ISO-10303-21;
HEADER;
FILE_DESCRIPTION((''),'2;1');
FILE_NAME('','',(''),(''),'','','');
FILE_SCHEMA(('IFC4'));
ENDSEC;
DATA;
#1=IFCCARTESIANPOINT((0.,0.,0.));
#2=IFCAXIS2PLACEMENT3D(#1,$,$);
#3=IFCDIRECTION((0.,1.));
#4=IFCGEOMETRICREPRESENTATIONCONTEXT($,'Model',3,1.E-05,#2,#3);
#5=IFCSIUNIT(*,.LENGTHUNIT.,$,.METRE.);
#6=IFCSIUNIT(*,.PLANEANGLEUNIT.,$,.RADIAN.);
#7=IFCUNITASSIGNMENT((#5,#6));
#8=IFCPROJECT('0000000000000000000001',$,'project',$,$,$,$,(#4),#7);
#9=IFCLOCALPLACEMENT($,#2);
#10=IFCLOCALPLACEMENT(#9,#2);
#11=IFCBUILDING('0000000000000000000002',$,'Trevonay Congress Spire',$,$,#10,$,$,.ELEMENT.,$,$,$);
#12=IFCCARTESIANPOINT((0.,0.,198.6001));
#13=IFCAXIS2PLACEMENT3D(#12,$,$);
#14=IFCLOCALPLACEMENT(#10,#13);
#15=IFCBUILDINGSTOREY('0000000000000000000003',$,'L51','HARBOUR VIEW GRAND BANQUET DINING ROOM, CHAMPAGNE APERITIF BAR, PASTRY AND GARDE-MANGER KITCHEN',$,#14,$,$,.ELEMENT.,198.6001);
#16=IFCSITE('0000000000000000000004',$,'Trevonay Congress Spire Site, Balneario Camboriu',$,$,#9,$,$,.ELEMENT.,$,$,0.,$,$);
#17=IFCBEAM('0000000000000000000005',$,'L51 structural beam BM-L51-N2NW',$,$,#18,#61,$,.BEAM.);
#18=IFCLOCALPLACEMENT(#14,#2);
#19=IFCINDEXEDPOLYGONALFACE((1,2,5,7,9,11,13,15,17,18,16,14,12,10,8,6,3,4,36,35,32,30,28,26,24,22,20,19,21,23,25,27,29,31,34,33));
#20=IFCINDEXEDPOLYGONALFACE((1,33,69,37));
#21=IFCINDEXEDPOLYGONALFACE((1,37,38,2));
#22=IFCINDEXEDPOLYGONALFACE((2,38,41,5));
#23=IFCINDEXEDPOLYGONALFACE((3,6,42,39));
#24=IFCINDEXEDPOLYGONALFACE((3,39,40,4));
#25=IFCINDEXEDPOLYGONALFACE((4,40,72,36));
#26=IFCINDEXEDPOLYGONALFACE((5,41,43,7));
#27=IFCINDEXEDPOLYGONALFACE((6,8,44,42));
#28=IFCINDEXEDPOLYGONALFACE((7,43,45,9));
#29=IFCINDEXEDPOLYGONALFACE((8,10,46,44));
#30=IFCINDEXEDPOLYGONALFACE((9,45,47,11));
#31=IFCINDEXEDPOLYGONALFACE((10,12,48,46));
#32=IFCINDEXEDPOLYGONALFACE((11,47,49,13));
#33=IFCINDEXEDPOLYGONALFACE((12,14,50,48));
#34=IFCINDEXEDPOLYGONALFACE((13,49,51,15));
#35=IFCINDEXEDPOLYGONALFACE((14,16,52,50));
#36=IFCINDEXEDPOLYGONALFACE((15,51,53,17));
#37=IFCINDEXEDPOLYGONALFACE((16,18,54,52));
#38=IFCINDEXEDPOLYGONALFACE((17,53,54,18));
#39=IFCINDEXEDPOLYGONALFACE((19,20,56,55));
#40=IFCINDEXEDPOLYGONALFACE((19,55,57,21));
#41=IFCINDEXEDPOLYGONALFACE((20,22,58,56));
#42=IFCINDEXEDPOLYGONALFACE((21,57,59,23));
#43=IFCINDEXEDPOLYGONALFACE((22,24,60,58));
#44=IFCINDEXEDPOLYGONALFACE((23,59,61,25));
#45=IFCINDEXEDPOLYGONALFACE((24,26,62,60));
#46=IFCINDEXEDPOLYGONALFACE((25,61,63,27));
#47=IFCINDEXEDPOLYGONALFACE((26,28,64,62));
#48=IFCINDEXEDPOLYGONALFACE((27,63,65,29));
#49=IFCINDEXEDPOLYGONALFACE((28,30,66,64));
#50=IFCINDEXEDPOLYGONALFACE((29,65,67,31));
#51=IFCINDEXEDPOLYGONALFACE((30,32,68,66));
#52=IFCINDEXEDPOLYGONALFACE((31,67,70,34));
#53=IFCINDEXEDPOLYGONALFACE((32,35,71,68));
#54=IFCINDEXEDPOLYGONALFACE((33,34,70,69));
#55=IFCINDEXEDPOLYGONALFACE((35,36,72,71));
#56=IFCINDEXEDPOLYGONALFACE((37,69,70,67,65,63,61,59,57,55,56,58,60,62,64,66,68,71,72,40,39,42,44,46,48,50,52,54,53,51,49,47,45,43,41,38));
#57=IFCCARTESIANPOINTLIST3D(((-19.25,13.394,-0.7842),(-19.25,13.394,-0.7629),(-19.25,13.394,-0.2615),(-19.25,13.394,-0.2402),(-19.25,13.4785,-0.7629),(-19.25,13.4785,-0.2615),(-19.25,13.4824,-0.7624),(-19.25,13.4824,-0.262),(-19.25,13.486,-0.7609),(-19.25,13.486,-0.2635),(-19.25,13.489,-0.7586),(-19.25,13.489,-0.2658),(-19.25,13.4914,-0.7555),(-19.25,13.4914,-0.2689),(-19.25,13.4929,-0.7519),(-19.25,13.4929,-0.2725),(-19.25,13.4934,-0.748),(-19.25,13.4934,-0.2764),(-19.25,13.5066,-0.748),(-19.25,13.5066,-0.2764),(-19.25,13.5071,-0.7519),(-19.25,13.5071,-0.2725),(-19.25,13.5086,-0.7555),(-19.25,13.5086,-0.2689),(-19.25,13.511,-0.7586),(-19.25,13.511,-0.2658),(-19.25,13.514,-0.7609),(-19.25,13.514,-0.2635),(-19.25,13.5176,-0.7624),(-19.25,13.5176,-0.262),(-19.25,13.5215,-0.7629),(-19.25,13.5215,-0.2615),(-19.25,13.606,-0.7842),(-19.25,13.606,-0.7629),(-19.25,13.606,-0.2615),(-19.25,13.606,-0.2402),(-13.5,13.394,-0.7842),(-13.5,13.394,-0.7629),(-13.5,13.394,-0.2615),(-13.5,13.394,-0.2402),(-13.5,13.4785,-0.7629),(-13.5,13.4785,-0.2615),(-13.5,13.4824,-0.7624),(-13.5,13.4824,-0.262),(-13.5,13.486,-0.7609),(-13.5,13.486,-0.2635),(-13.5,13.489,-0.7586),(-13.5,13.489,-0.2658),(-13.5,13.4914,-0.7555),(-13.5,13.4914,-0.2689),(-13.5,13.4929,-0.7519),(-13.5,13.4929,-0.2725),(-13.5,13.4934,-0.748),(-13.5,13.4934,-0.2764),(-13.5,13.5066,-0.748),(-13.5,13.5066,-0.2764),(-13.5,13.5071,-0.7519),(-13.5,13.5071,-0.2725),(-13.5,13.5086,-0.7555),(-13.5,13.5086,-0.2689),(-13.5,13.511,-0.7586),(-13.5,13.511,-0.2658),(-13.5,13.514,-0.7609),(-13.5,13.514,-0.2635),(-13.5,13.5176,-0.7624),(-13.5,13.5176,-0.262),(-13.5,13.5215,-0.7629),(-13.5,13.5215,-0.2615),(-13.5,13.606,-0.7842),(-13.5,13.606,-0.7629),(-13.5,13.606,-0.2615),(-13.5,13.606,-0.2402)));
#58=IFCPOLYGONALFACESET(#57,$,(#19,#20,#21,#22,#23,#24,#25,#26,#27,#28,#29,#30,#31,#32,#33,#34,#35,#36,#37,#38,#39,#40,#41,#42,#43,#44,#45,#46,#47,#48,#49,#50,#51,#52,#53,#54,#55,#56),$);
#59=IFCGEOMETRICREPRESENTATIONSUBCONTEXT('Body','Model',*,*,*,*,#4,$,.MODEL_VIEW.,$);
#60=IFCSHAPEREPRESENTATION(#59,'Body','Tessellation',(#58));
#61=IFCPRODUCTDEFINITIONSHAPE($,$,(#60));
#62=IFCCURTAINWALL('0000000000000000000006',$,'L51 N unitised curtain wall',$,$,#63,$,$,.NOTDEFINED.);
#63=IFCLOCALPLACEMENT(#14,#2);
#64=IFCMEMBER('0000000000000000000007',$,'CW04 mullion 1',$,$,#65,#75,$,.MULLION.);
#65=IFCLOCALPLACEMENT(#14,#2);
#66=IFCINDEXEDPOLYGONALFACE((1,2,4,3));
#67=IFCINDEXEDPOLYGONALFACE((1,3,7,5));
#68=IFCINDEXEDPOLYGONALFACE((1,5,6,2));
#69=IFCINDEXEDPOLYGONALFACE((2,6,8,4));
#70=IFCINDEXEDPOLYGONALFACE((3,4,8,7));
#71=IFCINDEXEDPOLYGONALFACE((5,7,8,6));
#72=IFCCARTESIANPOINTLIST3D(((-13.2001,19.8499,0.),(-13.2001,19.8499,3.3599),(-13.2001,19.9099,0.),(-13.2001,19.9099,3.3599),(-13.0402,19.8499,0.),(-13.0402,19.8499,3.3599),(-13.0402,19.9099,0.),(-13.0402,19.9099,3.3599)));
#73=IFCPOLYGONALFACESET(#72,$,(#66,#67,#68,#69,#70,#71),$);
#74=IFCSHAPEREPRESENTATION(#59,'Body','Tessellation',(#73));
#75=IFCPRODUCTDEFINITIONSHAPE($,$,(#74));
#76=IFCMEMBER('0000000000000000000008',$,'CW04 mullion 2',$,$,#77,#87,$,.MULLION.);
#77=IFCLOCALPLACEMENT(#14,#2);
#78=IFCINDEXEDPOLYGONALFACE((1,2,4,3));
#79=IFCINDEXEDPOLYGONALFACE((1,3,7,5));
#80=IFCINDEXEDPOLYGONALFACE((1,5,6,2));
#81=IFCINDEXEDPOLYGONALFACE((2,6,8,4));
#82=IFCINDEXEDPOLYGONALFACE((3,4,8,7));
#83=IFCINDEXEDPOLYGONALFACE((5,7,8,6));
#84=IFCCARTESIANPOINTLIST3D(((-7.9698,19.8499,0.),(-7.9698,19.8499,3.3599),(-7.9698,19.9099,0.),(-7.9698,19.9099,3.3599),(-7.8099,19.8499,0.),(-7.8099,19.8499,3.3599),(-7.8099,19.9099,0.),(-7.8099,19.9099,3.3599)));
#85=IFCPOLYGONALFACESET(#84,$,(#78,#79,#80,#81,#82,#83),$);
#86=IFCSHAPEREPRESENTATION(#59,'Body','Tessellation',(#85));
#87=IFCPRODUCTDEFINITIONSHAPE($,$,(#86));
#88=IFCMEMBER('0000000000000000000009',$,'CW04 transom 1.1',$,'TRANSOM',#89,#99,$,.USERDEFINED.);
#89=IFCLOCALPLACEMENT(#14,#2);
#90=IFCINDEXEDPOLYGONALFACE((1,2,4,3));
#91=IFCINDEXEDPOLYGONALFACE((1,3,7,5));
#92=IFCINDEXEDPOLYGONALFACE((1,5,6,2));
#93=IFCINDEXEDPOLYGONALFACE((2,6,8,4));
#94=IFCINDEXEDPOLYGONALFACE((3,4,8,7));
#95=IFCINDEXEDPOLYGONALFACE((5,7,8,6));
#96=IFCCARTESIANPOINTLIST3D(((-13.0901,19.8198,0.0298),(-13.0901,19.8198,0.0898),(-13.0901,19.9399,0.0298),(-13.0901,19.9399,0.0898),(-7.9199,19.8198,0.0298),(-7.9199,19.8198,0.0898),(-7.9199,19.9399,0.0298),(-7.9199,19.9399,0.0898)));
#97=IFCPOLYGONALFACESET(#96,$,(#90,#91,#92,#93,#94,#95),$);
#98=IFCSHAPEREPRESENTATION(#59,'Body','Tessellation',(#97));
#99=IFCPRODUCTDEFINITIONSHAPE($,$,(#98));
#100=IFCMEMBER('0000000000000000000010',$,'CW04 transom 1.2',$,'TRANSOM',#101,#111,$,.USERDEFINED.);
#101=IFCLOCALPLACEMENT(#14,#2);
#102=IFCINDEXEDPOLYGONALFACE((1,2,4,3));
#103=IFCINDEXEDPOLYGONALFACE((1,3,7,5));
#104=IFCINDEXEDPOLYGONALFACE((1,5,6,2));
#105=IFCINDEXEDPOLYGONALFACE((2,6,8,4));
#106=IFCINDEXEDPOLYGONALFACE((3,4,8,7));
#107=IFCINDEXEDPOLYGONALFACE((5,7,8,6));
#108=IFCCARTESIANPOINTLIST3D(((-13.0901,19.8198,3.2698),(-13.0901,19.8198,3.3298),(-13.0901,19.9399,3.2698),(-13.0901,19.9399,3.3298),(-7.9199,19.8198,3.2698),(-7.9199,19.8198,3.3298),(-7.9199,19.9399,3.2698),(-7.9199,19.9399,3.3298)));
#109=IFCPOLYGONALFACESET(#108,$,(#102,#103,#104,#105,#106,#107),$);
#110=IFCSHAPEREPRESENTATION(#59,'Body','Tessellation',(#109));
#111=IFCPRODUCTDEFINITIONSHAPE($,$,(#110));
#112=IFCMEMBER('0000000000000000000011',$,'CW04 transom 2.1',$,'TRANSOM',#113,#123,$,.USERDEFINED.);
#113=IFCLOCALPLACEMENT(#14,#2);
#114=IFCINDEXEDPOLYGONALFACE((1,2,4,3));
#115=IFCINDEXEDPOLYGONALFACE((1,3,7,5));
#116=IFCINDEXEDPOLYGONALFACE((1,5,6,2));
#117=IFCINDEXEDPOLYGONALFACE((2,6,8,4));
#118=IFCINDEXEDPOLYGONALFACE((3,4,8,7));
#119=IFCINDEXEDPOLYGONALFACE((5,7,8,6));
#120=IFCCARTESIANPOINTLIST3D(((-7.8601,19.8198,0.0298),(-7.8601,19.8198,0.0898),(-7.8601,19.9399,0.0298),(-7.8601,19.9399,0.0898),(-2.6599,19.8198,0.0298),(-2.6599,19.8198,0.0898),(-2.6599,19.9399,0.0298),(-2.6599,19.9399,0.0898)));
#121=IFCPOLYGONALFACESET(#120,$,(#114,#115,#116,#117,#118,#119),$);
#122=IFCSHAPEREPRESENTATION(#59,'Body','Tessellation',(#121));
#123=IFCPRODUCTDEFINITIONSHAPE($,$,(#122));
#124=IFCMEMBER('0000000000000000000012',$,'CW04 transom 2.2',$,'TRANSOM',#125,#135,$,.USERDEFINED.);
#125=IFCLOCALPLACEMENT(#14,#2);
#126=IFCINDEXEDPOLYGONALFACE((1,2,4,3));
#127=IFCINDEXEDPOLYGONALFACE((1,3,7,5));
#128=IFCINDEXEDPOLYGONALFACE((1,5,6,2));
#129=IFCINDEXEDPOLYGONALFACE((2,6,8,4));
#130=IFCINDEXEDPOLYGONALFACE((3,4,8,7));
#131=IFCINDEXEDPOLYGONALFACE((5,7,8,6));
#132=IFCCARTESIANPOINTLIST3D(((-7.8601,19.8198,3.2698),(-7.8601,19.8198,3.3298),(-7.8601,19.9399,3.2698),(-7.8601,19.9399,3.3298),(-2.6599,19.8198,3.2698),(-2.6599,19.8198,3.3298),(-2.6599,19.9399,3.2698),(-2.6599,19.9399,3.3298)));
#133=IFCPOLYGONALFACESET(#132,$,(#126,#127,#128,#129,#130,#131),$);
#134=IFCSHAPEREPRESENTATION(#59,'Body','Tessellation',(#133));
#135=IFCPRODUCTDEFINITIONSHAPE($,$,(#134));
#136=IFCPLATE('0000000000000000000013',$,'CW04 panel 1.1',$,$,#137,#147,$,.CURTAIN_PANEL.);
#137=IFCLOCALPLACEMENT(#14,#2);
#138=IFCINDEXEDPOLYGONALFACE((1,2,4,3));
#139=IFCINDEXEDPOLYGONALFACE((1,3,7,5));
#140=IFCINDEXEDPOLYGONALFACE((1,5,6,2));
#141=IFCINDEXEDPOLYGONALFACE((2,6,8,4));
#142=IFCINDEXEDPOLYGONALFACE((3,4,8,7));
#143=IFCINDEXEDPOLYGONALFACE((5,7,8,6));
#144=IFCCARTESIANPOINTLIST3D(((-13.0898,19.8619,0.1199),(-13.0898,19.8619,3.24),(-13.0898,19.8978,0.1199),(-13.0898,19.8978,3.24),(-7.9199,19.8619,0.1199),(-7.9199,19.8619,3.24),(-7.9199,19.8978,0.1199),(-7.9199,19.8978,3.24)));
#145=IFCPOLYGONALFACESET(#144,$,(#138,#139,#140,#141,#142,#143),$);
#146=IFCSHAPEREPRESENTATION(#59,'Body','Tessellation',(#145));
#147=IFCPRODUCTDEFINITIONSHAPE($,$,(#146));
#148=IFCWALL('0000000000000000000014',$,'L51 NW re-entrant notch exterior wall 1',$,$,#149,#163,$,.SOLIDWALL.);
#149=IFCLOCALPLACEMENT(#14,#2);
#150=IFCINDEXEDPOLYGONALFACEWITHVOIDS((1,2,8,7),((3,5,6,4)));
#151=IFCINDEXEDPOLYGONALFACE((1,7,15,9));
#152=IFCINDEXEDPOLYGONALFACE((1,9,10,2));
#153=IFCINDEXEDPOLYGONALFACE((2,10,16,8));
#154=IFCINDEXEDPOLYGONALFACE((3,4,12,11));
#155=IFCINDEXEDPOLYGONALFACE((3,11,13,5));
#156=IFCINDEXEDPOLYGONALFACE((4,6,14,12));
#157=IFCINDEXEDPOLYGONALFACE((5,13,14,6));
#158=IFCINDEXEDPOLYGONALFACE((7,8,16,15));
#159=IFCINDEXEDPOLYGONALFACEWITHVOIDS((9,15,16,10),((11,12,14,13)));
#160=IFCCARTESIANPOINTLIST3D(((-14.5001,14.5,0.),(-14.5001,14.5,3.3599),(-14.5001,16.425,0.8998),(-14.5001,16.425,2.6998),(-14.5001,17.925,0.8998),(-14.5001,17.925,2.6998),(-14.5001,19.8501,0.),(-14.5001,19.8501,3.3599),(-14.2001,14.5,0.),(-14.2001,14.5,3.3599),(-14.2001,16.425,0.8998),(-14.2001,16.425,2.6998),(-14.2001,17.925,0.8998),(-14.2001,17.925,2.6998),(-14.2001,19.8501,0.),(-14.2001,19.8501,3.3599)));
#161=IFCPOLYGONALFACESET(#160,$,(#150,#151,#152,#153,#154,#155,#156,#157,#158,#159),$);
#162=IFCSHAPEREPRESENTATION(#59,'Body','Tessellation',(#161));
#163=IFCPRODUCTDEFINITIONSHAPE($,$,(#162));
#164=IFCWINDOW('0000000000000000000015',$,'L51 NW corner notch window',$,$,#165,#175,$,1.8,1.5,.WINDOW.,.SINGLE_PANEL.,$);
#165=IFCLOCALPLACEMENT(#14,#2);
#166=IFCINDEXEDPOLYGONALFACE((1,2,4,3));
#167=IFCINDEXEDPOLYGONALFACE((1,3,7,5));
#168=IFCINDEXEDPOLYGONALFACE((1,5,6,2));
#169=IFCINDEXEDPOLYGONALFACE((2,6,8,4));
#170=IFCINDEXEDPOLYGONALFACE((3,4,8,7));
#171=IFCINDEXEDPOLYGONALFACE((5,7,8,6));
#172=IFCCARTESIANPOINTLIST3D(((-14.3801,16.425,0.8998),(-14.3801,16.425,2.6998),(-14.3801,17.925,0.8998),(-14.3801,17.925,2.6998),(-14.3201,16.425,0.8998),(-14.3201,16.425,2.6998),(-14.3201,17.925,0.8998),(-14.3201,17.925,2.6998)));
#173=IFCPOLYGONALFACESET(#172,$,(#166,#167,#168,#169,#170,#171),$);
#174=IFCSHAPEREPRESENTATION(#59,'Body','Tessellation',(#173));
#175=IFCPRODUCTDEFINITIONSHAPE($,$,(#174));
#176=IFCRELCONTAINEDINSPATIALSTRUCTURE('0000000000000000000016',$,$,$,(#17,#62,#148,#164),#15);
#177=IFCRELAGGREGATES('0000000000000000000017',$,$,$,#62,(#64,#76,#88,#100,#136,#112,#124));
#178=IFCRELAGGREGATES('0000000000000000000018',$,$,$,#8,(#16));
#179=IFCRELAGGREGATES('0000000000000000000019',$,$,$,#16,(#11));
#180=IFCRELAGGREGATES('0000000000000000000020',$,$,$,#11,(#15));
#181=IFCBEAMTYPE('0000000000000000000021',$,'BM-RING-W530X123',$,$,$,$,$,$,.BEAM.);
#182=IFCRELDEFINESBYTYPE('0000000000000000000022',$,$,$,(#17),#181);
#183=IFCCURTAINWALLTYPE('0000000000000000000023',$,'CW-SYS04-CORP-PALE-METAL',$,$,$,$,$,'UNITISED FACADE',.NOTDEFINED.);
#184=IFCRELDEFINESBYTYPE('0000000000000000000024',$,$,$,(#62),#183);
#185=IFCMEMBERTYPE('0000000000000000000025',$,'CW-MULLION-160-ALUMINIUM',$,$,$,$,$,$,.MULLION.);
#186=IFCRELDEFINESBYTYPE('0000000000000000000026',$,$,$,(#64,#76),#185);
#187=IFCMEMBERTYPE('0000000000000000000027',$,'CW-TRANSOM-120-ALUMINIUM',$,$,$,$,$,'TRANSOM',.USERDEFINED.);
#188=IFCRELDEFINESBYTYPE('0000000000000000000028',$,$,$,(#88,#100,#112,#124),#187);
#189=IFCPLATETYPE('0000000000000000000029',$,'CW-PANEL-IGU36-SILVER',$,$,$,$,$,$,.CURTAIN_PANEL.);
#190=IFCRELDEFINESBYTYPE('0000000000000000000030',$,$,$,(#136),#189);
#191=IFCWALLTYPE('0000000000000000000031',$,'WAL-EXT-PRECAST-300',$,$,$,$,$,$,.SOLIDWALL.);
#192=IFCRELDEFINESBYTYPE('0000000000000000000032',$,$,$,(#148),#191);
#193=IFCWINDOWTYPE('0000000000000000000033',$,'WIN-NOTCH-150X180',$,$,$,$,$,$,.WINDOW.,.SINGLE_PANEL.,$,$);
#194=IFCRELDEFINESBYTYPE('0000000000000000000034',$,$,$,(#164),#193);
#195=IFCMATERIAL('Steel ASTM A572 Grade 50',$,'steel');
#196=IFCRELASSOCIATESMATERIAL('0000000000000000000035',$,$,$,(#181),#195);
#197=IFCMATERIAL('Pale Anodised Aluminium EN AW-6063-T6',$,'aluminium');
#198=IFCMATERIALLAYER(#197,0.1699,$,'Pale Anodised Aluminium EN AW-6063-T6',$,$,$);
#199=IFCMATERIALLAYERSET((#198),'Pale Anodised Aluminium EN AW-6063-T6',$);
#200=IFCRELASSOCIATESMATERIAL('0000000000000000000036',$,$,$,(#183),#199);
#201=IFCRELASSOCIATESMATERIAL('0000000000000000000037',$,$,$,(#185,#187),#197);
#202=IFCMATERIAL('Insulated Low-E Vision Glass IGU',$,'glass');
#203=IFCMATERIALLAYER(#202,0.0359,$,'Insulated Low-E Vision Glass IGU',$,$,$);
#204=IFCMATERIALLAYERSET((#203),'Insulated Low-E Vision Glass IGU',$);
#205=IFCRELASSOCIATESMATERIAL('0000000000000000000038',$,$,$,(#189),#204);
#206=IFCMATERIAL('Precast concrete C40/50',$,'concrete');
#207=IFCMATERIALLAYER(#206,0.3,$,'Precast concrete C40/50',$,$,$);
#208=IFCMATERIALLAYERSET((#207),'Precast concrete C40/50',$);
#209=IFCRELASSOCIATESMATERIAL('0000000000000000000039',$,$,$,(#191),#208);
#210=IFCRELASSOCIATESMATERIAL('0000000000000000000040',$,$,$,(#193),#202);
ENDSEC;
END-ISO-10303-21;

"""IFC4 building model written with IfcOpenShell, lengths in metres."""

from ifc_helpers import new_model, si_unit, direction, frame, frame_2d, origin, origin_2d, place, context, subcontext, project, spatial, rectangle, i_section, extrude, material, layer, layer_set, material_profile, profile_set, type_object, element, fill, aggregate, save


model = new_model("IFC4")

# Units and contexts
model_context = context("Model", 3, precision=1e-05, world=origin(), true_north=direction((0.0, 1.0)))
body_context = subcontext(model_context, "Body", "Model", "MODEL_VIEW")
ifc_project = project(units=[si_unit("LENGTHUNIT", "METRE"), si_unit("PLANEANGLEUNIT", "RADIAN")], contexts=[model_context])

# Site, building, storey
site_placement = place(None, origin())
site = spatial("IfcSite", under=ifc_project, at=site_placement, Name="Trevonay Congress Spire Site, Balneario Camboriu", CompositionType="ELEMENT", RefElevation=0.0)
building_placement = place(site_placement, origin())
building = spatial("IfcBuilding", under=site, at=building_placement, Name="Trevonay Congress Spire", CompositionType="ELEMENT")
storey_placement = place(building_placement, frame((0.0, 0.0, 198.6001)))
storey = spatial("IfcBuildingStorey", under=building, at=storey_placement, Name="L51", Description="HARBOUR VIEW GRAND BANQUET DINING ROOM, CHAMPAGNE APERITIF BAR, PASTRY AND GARDE-MANGER KITCHEN", CompositionType="ELEMENT", Elevation=198.6001)

# Shared definitions
ifc_material_1 = material(Name="Steel ASTM A572 Grade 50", Category="steel")

# Beam
ifc_material_profile_1 = material_profile(ifc_material_1, i_section(OverallWidth=0.2119, OverallDepth=0.5439, WebThickness=0.0132, FlangeThickness=0.0212, FilletRadius=0.0149, at=origin_2d()), Name="W530x123")
ifc_profile_set_1 = profile_set([ifc_material_profile_1], Name="Steel ASTM A572 Grade 50")
beam_type = type_object("IfcBeamType", Name="BM-RING-W530X123", PredefinedType="BEAM", material=ifc_profile_set_1)
for number, where, z_axis, x_axis, name in (
    (1, (-19.25, 13.5, -0.5122), (1.0, 0.0, 0.0), (0.0, 1.0, 0.0), "L51 structural beam BM-L51-N2NW"),
):
    element("IfcBeam", number, at=place(storey_placement, frame(where, z_axis=z_axis, x_axis=x_axis)), inside=storey, type_object=beam_type, Name=name, PredefinedType="BEAM", context=body_context, shape_type="SweptSolid", body=[
        extrude(i_section(OverallWidth=0.2119, OverallDepth=0.5439, WebThickness=0.0132, FlangeThickness=0.0212, FilletRadius=0.0149, at=origin_2d()), origin(), (0.0, 0.0, 1.0), 5.75),
    ])

# Curtain wall, members, plate
ifc_material_2 = material(Name="Pale Anodised Aluminium EN AW-6063-T6", Category="aluminium")
ifc_layer_1 = layer(ifc_material_2, 0.1699, Name="Pale Anodised Aluminium EN AW-6063-T6")
ifc_layer_set_1 = layer_set([ifc_layer_1], Name="Pale Anodised Aluminium EN AW-6063-T6")
curtain_wall_type = type_object("IfcCurtainWallType", Name="CW-SYS04-CORP-PALE-METAL", ElementType="UNITISED FACADE", PredefinedType="NOTDEFINED", material=ifc_layer_set_1)
curtain_wall_placement = place(storey_placement, origin())
curtain_wall = element("IfcCurtainWall", 2, at=curtain_wall_placement, inside=storey, type_object=curtain_wall_type, Name="L51 N unitised curtain wall", PredefinedType="NOTDEFINED")
ifc_material_profile_2 = material_profile(ifc_material_2, rectangle(XDim=0.0601, YDim=0.1599, at=origin_2d()), Name="CW-MULLION-160-ALUMINIUM")
ifc_profile_set_2 = profile_set([ifc_material_profile_2], Name="Pale Anodised Aluminium EN AW-6063-T6")
member_type_1 = type_object("IfcMemberType", Name="CW-MULLION-160-ALUMINIUM", PredefinedType="MULLION", material=ifc_profile_set_2)
member_1_placement = place(storey_placement, frame((-13.1201, 19.8799, 0.0), z_axis=(0.0, 0.0, 1.0), x_axis=(0.0, 1.0, 0.0)))
member_1 = element("IfcMember", 3, at=member_1_placement, type_object=member_type_1, Name="CW04 mullion 1", PredefinedType="MULLION", context=body_context, shape_type="SweptSolid", body=[
    extrude(rectangle(XDim=0.0601, YDim=0.1599, at=origin_2d()), origin(), (0.0, 0.0, 1.0), 3.3599),
])
member_2_placement = place(storey_placement, frame((-7.8899, 19.8799, 0.0), z_axis=(0.0, 0.0, 1.0), x_axis=(0.0, 1.0, 0.0)))
member_2 = element("IfcMember", 4, at=member_2_placement, type_object=member_type_1, Name="CW04 mullion 2", PredefinedType="MULLION", context=body_context, shape_type="SweptSolid", body=[
    extrude(rectangle(XDim=0.0601, YDim=0.1599, at=origin_2d()), origin(), (0.0, 0.0, 1.0), 3.3599),
])
ifc_material_profile_3 = material_profile(ifc_material_2, rectangle(XDim=0.1201, YDim=0.0601, at=origin_2d()), Name="CW-TRANSOM-120-ALUMINIUM")
ifc_profile_set_3 = profile_set([ifc_material_profile_3], Name="Pale Anodised Aluminium EN AW-6063-T6")
member_type_2 = type_object("IfcMemberType", Name="CW-TRANSOM-120-ALUMINIUM", ElementType="TRANSOM", PredefinedType="USERDEFINED", material=ifc_profile_set_3)
member_3_placement = place(storey_placement, frame((-13.0901, 19.8799, 0.0598), z_axis=(1.0, 0.0, 0.0), x_axis=(0.0, 1.0, 0.0)))
member_3 = element("IfcMember", 5, at=member_3_placement, type_object=member_type_2, Name="CW04 transom 1.1", ObjectType="TRANSOM", PredefinedType="USERDEFINED", context=body_context, shape_type="SweptSolid", body=[
    extrude(rectangle(XDim=0.1201, YDim=0.0601, at=origin_2d()), origin(), (0.0, 0.0, 1.0), 5.1702),
])
member_4_placement = place(storey_placement, frame((-13.0901, 19.8799, 3.2998), z_axis=(1.0, 0.0, 0.0), x_axis=(0.0, 1.0, 0.0)))
member_4 = element("IfcMember", 6, at=member_4_placement, type_object=member_type_2, Name="CW04 transom 1.2", ObjectType="TRANSOM", PredefinedType="USERDEFINED", context=body_context, shape_type="SweptSolid", body=[
    extrude(rectangle(XDim=0.1201, YDim=0.0601, at=origin_2d()), origin(), (0.0, 0.0, 1.0), 5.1702),
])
member_5_placement = place(storey_placement, frame((-7.8601, 19.8799, 0.0598), z_axis=(1.0, 0.0, 0.0), x_axis=(0.0, 1.0, 0.0)))
member_5 = element("IfcMember", 7, at=member_5_placement, type_object=member_type_2, Name="CW04 transom 2.1", ObjectType="TRANSOM", PredefinedType="USERDEFINED", context=body_context, shape_type="SweptSolid", body=[
    extrude(rectangle(XDim=0.1201, YDim=0.0601, at=origin_2d()), origin(), (0.0, 0.0, 1.0), 5.2002),
])
member_6_placement = place(storey_placement, frame((-7.8601, 19.8799, 3.2998), z_axis=(1.0, 0.0, 0.0), x_axis=(0.0, 1.0, 0.0)))
member_6 = element("IfcMember", 8, at=member_6_placement, type_object=member_type_2, Name="CW04 transom 2.2", ObjectType="TRANSOM", PredefinedType="USERDEFINED", context=body_context, shape_type="SweptSolid", body=[
    extrude(rectangle(XDim=0.1201, YDim=0.0601, at=origin_2d()), origin(), (0.0, 0.0, 1.0), 5.2002),
])
ifc_material_3 = material(Name="Insulated Low-E Vision Glass IGU", Category="glass")
ifc_layer_2 = layer(ifc_material_3, 0.0359, Name="Insulated Low-E Vision Glass IGU")
ifc_layer_set_2 = layer_set([ifc_layer_2], Name="Insulated Low-E Vision Glass IGU")
plate_type = type_object("IfcPlateType", Name="CW-PANEL-IGU36-SILVER", PredefinedType="CURTAIN_PANEL", material=ifc_layer_set_2)
plate_placement = place(storey_placement, frame((-10.5049, 19.8799, 0.1199), z_axis=(0.0, 0.0, 1.0), x_axis=(1.0, 0.0, 0.0)))
plate = element("IfcPlate", 9, at=plate_placement, type_object=plate_type, Name="CW04 panel 1.1", PredefinedType="CURTAIN_PANEL", context=body_context, shape_type="SweptSolid", body=[
    extrude(rectangle(XDim=5.1699, YDim=0.0359, at=origin_2d()), origin(), (0.0, 0.0, 1.0), 3.1201),
])
aggregate(curtain_wall, [member_1, member_2, member_3, member_4, plate, member_5, member_6])

# Wall, opening, window
ifc_material_4 = material(Name="Precast concrete C40/50", Category="concrete")
ifc_layer_3 = layer(ifc_material_4, 0.3, Name="Precast concrete C40/50")
ifc_layer_set_3 = layer_set([ifc_layer_3], Name="Precast concrete C40/50")
wall_type_1 = type_object("IfcWallType", Name="WAL-EXT-PRECAST-300", PredefinedType="SOLIDWALL", material=ifc_layer_set_3)
wall_1_placement = place(storey_placement, frame((-14.3501, 19.8501, 0.0), z_axis=(0.0, 0.0, 1.0), x_axis=(0.0, -1.0, 0.0)))
wall_1 = element("IfcWall", 10, at=wall_1_placement, inside=storey, type_object=wall_type_1, Name="L51 NW re-entrant notch exterior wall 1", PredefinedType="SOLIDWALL", context=body_context, shape_type="SweptSolid", body=[
    extrude(rectangle(XDim=5.3501, YDim=0.3, at=frame_2d((2.675, 0.0))), origin(), (0.0, 0.0, 1.0), 3.3599),
])
opening_placement = place(wall_1_placement, frame((1.925, 0.0, 0.8999)))
opening = element("IfcOpeningElement", 11, at=opening_placement, cuts=wall_1, PredefinedType="OPENING", context=body_context, shape_type="SweptSolid", body=[
    extrude(rectangle(XDim=1.5, YDim=1.8, at=frame_2d((0.75, 0.8999))), frame((0.0, 0.1602, 0.0), z_axis=(0.0, -1.0, 0.0), x_axis=(1.0, 0.0, 0.0)), (0.0, 0.0, 1.0), 0.3201),
])
window_type = type_object("IfcWindowType", Name="WIN-NOTCH-150X180", PartitioningType="SINGLE_PANEL", PredefinedType="WINDOW", material=ifc_material_3)
window_placement = place(opening_placement, origin())
window = element("IfcWindow", 12, at=window_placement, inside=storey, type_object=window_type, Name="L51 NW corner notch window", OverallHeight=1.8, OverallWidth=1.5, PartitioningType="SINGLE_PANEL", PredefinedType="WINDOW", context=body_context, shape_type="SweptSolid", body=[
    extrude(rectangle(XDim=1.5, YDim=1.8, at=frame_2d((0.75, 0.8999))), frame((0.0, 0.03, 0.0), z_axis=(0.0, -1.0, 0.0), x_axis=(1.0, 0.0, 0.0)), (0.0, 0.0, 1.0), 0.0601),
])
fill(opening, window)

save(model, "model.ifc")
